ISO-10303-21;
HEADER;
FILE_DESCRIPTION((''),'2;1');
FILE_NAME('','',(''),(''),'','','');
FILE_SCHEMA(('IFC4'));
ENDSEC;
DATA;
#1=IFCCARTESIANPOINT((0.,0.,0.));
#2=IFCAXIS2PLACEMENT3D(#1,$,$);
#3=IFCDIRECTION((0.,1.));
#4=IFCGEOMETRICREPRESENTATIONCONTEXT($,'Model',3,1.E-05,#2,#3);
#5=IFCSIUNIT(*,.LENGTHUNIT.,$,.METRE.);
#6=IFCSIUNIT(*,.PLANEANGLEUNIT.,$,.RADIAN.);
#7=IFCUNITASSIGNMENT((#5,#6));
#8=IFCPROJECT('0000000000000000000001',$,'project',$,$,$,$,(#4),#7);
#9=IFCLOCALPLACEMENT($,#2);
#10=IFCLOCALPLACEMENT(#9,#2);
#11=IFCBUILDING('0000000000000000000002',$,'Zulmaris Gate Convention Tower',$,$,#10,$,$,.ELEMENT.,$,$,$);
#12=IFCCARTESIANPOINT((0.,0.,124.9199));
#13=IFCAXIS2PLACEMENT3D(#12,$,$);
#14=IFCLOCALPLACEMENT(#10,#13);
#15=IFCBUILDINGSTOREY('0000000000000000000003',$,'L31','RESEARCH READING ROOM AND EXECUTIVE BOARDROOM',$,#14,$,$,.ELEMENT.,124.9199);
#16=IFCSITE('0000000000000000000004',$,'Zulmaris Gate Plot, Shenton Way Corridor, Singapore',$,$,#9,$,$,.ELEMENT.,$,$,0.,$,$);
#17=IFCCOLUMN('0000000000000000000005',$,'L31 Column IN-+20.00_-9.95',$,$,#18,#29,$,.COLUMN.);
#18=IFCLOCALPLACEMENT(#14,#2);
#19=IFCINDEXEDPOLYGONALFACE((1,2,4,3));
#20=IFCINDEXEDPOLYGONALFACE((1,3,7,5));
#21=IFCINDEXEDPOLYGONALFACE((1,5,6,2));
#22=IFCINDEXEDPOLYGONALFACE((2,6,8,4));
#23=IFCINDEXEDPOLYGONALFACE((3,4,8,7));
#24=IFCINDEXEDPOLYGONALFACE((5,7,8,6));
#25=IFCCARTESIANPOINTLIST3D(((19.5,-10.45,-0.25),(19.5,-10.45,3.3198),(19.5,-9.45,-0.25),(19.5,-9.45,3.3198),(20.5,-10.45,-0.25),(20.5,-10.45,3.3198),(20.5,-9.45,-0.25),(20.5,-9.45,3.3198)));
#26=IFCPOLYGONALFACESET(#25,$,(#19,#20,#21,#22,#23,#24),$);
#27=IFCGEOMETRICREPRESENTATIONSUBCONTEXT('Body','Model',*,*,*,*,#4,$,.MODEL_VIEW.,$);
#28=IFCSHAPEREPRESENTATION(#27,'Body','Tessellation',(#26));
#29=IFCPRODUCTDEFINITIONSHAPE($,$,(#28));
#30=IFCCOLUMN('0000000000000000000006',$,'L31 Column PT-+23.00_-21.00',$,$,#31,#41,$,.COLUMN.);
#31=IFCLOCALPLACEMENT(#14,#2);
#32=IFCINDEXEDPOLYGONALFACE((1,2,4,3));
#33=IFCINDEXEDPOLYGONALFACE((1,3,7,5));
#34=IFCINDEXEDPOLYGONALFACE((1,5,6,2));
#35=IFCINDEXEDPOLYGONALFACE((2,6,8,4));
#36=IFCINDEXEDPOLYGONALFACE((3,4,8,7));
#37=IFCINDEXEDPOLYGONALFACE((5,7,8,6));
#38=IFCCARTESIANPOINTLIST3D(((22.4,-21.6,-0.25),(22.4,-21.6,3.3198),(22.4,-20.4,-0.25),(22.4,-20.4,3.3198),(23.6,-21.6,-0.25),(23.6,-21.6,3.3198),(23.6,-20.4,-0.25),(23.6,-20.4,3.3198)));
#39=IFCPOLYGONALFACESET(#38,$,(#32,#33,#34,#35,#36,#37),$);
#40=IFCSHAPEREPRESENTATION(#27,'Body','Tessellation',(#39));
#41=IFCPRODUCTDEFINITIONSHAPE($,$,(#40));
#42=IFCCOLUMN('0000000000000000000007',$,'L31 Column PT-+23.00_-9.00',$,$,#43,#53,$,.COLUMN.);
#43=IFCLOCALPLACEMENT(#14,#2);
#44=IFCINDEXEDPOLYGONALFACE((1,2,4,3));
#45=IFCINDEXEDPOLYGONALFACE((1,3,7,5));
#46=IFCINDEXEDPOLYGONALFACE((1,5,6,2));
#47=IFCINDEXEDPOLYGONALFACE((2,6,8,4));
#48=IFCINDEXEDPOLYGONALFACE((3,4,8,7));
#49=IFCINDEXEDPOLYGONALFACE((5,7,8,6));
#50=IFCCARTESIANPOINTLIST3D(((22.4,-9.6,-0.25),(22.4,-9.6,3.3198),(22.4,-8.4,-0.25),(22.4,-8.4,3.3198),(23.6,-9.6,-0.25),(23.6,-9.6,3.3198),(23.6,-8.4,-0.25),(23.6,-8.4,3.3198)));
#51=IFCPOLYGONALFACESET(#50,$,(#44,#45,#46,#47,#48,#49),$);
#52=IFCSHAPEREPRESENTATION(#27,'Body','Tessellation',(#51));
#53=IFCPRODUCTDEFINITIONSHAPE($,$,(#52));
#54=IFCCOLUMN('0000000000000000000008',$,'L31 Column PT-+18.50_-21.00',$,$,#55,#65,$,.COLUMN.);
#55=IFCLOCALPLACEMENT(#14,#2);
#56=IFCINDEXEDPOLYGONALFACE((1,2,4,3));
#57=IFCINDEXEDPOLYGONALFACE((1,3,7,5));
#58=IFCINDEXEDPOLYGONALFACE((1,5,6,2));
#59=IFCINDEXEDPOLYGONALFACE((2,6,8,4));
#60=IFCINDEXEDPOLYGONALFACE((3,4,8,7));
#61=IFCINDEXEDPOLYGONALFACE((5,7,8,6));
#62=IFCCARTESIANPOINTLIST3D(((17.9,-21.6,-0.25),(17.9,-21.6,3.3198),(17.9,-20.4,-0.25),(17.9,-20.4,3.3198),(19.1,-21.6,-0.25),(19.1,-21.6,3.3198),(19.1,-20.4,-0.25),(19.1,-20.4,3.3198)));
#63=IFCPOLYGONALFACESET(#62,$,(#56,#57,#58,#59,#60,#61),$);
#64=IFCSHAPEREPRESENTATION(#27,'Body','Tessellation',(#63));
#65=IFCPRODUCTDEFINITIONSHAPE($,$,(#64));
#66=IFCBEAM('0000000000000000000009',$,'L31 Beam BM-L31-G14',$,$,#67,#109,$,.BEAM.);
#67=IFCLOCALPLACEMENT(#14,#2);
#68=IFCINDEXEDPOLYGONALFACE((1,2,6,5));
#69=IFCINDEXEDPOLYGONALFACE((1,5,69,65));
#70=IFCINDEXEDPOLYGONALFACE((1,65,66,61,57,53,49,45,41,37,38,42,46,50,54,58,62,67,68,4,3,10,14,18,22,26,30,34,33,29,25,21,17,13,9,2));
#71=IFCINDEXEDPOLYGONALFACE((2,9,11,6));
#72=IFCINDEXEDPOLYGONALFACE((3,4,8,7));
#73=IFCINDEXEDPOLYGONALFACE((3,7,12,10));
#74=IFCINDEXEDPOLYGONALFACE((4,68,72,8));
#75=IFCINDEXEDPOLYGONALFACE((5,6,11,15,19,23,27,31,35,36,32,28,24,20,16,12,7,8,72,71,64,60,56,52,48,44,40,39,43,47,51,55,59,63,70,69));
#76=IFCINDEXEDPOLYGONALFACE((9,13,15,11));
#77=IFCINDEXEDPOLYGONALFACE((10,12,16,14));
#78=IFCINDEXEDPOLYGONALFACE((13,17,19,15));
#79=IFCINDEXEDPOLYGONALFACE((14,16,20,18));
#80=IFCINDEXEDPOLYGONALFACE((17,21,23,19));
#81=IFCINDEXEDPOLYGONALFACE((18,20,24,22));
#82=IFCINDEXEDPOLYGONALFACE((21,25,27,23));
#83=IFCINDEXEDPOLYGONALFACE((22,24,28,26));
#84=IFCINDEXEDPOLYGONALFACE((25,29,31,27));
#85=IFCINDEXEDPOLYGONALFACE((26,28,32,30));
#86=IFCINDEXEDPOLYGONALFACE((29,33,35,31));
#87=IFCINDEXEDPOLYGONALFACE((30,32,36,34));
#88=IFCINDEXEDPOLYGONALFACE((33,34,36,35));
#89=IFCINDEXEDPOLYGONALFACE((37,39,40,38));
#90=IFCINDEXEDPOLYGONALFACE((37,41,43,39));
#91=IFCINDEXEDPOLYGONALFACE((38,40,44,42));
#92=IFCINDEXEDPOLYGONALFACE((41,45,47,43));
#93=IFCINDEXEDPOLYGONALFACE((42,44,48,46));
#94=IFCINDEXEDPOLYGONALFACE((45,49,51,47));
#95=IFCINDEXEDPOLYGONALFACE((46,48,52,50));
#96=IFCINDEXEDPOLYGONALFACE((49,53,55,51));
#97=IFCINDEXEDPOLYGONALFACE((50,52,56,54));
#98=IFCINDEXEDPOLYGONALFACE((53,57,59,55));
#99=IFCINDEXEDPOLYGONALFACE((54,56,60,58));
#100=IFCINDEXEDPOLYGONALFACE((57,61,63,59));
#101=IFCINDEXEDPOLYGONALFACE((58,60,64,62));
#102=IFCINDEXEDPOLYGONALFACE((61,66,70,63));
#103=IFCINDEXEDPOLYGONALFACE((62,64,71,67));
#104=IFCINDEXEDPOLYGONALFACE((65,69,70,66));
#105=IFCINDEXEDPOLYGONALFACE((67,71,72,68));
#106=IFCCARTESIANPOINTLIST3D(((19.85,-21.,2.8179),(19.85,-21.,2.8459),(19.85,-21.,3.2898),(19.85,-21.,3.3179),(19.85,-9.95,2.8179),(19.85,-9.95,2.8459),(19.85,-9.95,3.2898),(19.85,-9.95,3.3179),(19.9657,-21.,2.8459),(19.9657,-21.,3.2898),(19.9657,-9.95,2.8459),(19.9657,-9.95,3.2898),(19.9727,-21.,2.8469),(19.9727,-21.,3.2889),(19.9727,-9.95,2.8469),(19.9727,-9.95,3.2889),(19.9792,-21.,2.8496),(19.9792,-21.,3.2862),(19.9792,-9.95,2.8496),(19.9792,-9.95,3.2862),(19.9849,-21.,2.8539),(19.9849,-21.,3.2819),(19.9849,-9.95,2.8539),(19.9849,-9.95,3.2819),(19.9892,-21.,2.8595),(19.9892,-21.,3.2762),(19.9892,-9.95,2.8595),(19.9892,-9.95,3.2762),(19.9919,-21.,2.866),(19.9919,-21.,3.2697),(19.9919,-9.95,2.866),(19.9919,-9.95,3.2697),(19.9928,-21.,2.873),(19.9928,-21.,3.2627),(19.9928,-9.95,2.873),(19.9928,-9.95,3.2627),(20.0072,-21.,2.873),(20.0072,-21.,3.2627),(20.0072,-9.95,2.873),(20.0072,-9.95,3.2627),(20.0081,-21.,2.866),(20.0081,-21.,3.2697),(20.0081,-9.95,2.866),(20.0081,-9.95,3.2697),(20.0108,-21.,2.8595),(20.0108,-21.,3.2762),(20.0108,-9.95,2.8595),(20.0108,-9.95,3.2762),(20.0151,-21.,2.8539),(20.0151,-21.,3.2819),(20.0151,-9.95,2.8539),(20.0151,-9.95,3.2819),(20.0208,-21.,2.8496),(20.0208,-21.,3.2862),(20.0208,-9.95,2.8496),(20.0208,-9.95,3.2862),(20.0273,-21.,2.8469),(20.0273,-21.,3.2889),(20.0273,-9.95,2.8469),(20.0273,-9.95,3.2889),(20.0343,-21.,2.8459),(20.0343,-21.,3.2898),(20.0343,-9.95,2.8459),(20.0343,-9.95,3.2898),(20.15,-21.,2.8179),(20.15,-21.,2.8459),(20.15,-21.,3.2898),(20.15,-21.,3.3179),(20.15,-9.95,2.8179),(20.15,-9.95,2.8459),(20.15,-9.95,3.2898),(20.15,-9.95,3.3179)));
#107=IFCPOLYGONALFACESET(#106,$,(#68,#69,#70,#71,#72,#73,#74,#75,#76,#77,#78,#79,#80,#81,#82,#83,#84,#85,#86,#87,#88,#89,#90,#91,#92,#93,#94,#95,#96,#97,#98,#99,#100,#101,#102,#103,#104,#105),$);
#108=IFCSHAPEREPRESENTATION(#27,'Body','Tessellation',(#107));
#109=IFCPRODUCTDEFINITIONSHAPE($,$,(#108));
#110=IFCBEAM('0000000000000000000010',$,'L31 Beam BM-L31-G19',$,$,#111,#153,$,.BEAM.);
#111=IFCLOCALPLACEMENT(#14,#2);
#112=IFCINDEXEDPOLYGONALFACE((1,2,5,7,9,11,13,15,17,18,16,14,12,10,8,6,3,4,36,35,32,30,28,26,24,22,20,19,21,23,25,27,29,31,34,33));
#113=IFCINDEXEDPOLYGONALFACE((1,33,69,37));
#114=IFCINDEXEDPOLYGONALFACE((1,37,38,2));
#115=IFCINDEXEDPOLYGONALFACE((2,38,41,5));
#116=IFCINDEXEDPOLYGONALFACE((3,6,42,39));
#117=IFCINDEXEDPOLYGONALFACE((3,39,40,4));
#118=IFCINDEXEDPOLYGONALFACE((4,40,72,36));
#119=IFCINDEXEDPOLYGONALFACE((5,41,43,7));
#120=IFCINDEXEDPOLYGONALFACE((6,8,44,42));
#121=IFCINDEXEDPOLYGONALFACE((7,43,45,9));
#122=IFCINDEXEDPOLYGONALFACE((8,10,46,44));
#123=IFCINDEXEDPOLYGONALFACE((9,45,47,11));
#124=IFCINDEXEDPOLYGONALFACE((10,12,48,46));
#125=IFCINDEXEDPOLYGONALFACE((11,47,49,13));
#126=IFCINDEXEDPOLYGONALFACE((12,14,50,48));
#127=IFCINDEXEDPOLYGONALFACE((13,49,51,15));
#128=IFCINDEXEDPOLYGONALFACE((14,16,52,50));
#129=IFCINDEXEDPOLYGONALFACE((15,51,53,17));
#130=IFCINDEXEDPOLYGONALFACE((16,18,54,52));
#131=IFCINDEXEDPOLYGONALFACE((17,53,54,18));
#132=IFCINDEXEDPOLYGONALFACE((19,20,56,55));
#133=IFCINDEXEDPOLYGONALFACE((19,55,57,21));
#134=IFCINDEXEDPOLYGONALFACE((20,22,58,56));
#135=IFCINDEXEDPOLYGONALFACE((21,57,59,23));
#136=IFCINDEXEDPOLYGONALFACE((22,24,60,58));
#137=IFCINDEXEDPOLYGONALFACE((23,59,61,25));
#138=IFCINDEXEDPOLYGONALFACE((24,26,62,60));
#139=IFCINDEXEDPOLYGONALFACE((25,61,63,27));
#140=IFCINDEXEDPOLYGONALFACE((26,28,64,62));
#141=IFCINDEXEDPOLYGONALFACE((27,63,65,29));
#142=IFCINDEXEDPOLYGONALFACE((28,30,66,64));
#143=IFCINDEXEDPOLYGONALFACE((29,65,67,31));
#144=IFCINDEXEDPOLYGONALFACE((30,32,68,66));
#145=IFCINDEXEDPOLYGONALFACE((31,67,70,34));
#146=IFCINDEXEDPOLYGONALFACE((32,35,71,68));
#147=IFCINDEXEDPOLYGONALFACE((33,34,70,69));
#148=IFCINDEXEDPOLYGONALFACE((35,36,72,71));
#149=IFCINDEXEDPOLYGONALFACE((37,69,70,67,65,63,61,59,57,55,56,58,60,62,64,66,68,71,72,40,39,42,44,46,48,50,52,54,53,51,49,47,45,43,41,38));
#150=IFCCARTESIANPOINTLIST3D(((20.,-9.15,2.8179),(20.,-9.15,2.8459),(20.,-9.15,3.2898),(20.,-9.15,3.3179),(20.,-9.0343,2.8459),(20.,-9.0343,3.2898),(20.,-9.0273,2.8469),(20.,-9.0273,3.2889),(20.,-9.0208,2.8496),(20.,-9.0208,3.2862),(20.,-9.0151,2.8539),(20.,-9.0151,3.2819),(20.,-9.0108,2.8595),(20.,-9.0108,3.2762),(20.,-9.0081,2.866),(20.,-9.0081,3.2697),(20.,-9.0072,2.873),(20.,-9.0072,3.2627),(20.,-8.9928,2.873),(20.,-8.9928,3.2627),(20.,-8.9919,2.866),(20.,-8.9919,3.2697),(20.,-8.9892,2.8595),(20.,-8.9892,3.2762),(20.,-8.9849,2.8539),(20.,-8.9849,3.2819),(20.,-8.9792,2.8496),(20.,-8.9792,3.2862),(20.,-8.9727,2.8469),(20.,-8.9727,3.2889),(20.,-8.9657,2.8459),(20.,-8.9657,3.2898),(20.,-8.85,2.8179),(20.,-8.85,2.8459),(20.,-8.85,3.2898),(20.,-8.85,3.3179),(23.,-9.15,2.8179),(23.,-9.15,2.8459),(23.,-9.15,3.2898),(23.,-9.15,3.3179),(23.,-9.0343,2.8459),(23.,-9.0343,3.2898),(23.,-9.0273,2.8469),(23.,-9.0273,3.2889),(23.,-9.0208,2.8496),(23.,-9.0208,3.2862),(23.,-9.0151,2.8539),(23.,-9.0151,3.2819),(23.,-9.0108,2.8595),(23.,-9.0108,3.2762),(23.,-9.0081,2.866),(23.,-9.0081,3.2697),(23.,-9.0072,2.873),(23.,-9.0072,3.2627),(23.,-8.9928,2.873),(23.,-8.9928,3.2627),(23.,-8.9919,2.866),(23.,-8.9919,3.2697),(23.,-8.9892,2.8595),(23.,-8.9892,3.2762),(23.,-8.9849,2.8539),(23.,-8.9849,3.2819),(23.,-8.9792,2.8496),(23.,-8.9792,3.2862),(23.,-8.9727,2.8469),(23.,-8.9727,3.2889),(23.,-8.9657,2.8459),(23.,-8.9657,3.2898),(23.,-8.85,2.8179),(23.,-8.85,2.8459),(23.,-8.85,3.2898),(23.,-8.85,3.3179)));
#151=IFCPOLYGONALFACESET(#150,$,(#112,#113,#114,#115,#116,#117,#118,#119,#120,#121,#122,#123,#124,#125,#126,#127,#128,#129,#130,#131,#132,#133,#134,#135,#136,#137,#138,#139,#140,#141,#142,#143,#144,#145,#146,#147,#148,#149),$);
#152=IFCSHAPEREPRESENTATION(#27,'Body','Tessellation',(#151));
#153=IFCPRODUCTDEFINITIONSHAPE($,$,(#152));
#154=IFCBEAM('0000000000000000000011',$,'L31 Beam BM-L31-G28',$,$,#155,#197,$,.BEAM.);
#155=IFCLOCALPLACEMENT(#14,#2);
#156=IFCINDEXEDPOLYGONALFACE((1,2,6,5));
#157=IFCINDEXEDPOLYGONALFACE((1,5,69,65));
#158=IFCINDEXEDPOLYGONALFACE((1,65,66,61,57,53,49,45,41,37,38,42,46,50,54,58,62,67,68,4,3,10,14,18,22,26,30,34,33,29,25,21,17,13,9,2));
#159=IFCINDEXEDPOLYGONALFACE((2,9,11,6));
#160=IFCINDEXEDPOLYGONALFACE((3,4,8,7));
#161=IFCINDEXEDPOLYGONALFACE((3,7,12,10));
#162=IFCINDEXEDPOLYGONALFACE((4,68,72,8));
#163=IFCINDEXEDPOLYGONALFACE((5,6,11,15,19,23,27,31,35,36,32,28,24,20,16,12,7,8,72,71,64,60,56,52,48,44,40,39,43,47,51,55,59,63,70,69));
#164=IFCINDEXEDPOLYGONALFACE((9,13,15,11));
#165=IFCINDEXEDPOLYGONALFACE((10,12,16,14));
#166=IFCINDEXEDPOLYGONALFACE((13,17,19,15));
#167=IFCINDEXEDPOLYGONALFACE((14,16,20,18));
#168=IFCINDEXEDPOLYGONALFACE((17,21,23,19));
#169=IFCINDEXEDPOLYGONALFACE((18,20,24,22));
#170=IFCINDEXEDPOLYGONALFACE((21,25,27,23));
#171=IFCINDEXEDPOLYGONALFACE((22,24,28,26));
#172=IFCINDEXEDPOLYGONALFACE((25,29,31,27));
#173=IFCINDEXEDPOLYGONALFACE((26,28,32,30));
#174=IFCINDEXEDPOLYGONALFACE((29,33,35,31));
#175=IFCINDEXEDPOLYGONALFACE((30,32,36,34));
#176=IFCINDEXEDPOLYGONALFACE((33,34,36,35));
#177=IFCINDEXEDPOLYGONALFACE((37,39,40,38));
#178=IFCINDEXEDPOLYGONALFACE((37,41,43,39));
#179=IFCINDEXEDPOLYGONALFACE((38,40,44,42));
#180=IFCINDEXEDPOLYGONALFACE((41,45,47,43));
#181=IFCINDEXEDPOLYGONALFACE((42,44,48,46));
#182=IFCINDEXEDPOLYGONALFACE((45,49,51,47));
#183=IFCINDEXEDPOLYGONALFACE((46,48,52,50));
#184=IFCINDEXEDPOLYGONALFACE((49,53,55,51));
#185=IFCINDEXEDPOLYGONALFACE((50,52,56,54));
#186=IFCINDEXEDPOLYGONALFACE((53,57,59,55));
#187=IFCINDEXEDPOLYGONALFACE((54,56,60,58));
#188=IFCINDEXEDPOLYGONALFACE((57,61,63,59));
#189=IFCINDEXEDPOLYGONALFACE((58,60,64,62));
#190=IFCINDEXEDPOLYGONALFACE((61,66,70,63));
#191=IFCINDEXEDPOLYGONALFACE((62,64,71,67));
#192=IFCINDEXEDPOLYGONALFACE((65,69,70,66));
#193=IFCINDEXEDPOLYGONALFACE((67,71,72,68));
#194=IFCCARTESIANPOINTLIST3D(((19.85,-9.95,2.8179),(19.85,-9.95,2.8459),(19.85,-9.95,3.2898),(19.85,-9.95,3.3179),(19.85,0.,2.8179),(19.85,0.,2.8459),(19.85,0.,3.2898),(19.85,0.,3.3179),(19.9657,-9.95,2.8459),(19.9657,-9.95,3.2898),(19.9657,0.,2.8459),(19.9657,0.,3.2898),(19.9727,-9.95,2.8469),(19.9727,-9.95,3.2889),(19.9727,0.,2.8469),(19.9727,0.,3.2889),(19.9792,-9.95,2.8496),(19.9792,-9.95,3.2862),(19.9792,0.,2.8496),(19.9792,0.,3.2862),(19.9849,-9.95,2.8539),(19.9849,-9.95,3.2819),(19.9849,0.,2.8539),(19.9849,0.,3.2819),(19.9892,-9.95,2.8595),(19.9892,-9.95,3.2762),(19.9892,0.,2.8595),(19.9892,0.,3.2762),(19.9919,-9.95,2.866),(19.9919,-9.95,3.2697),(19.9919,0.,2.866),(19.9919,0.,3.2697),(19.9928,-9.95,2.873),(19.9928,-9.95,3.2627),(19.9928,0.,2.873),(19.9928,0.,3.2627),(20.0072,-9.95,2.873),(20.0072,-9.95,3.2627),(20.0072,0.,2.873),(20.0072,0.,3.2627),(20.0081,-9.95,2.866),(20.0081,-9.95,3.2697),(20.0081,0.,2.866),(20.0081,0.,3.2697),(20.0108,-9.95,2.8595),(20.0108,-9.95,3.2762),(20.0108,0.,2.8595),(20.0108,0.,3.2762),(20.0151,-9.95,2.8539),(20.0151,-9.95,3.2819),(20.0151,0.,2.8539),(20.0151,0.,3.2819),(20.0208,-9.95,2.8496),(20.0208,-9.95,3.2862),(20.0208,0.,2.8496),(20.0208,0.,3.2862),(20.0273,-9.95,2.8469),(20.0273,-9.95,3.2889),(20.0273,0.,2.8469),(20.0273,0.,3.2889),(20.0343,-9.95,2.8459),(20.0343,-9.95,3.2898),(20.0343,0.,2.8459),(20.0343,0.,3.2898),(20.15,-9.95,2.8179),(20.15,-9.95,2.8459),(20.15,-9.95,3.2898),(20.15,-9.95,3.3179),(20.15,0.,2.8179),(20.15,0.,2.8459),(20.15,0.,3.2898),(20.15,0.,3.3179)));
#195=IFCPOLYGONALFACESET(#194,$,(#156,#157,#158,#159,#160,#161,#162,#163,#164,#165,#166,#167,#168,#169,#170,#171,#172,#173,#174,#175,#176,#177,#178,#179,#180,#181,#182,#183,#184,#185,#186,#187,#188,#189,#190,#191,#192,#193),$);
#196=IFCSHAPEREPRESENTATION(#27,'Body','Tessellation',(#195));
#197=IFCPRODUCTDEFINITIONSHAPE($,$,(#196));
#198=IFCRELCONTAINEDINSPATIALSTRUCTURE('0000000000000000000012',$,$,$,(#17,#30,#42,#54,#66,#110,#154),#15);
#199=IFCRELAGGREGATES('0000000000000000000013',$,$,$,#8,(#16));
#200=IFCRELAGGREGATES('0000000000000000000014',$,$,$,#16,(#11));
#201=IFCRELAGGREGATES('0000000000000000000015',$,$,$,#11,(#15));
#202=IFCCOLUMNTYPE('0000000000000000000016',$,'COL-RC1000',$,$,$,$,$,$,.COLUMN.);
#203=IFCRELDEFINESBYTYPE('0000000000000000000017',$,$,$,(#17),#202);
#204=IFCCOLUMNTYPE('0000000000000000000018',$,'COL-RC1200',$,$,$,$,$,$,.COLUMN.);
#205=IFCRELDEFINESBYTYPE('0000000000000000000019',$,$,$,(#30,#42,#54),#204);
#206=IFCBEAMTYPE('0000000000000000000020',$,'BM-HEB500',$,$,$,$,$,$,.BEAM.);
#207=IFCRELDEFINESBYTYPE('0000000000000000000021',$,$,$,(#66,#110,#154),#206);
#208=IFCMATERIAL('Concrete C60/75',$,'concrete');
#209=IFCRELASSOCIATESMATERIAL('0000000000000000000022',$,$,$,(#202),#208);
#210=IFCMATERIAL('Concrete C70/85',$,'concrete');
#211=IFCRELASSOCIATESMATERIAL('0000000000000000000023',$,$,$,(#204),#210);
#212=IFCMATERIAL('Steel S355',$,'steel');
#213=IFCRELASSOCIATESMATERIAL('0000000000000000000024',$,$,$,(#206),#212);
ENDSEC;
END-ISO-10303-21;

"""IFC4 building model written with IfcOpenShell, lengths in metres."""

from ifc_helpers import new_model, si_unit, direction, frame, origin, origin_2d, place, context, subcontext, project, spatial, rectangle, i_section, extrude, material, material_profile, profile_set, type_object, element, save


model = new_model("IFC4")

# Units and contexts
model_context = context("Model", 3, precision=1e-05, world=origin(), true_north=direction((0.0, 1.0)))
body_context = subcontext(model_context, "Body", "Model", "MODEL_VIEW")
ifc_project = project(units=[si_unit("LENGTHUNIT", "METRE"), si_unit("PLANEANGLEUNIT", "RADIAN")], contexts=[model_context])

# Site, building, storey
site_placement = place(None, origin())
site = spatial("IfcSite", under=ifc_project, at=site_placement, Name="Zulmaris Gate Plot, Shenton Way Corridor, Singapore", CompositionType="ELEMENT", RefElevation=0.0)
building_placement = place(site_placement, origin())
building = spatial("IfcBuilding", under=site, at=building_placement, Name="Zulmaris Gate Convention Tower", CompositionType="ELEMENT")
storey_placement = place(building_placement, frame((0.0, 0.0, 124.9199)))
storey = spatial("IfcBuildingStorey", under=building, at=storey_placement, Name="L31", Description="RESEARCH READING ROOM AND EXECUTIVE BOARDROOM", CompositionType="ELEMENT", Elevation=124.9199)

# Columns
ifc_material_1 = material(Name="Concrete C60/75", Category="concrete")
ifc_material_profile_1 = material_profile(ifc_material_1, rectangle(XDim=1.0, YDim=1.0, at=origin_2d()), Name="RC COL 1000x1000")
ifc_profile_set_1 = profile_set([ifc_material_profile_1], Name="Concrete C60/75")
column_type_1 = type_object("IfcColumnType", Name="COL-RC1000", PredefinedType="COLUMN", material=ifc_profile_set_1)
column_placement = place(storey_placement, frame((20.0, -9.95, -0.25), z_axis=(0.0, 0.0, 1.0), x_axis=(1.0, 0.0, 0.0)))
element("IfcColumn", 1, at=column_placement, inside=storey, type_object=column_type_1, Name="L31 Column IN-+20.00_-9.95", PredefinedType="COLUMN", context=body_context, shape_type="SweptSolid", body=[
    extrude(rectangle(XDim=1.0, YDim=1.0, at=origin_2d()), origin(), (0.0, 0.0, 1.0), 3.5698),
])
ifc_material_2 = material(Name="Concrete C70/85", Category="concrete")
ifc_material_profile_2 = material_profile(ifc_material_2, rectangle(XDim=1.2, YDim=1.2, at=origin_2d()), Name="RC COL 1200x1200")
ifc_profile_set_2 = profile_set([ifc_material_profile_2], Name="Concrete C70/85")
column_type_2 = type_object("IfcColumnType", Name="COL-RC1200", PredefinedType="COLUMN", material=ifc_profile_set_2)
for number, where, z_axis, x_axis, name in (
    (2, (23.0, -21.0, -0.25), (0.0, 0.0, 1.0), (1.0, 0.0, 0.0), "L31 Column PT-+23.00_-21.00"),
    (3, (23.0, -9.0, -0.25), (0.0, 0.0, 1.0), (1.0, 0.0, 0.0), "L31 Column PT-+23.00_-9.00"),
    (4, (18.5, -21.0, -0.25), (0.0, 0.0, 1.0), (1.0, 0.0, 0.0), "L31 Column PT-+18.50_-21.00"),
):
    element("IfcColumn", number, at=place(storey_placement, frame(where, z_axis=z_axis, x_axis=x_axis)), inside=storey, type_object=column_type_2, Name=name, PredefinedType="COLUMN", context=body_context, shape_type="SweptSolid", body=[
        extrude(rectangle(XDim=1.2, YDim=1.2, at=origin_2d()), origin(), (0.0, 0.0, 1.0), 3.5698),
    ])

# Beams
ifc_material_3 = material(Name="Steel S355", Category="steel")
ifc_material_profile_3 = material_profile(ifc_material_3, i_section(OverallWidth=0.3, OverallDepth=0.5, WebThickness=0.0144, FlangeThickness=0.0281, FilletRadius=0.0271, at=origin_2d()), Name="HEB 500")
ifc_profile_set_3 = profile_set([ifc_material_profile_3], Name="Steel S355")
beam_type_1 = type_object("IfcBeamType", Name="BM-HEB500", PredefinedType="BEAM", material=ifc_profile_set_3)
beam_1_placement = place(storey_placement, frame((20.0, -21.0, 3.0679), z_axis=(0.0, 1.0, 0.0), x_axis=(-1.0, 0.0, 0.0)))
element("IfcBeam", 5, at=beam_1_placement, inside=storey, type_object=beam_type_1, Name="L31 Beam BM-L31-G14", PredefinedType="BEAM", context=body_context, shape_type="SweptSolid", body=[
    extrude(i_section(OverallWidth=0.3, OverallDepth=0.5, WebThickness=0.0144, FlangeThickness=0.0281, FilletRadius=0.0271, at=origin_2d()), origin(), (0.0, 0.0, 1.0), 11.05),
])
beam_2_placement = place(storey_placement, frame((20.0, -9.0, 3.0679), z_axis=(1.0, 0.0, 0.0), x_axis=(0.0, 1.0, 0.0)))
element("IfcBeam", 6, at=beam_2_placement, inside=storey, type_object=beam_type_1, Name="L31 Beam BM-L31-G19", PredefinedType="BEAM", context=body_context, shape_type="SweptSolid", body=[
    extrude(i_section(OverallWidth=0.3, OverallDepth=0.5, WebThickness=0.0144, FlangeThickness=0.0281, FilletRadius=0.0271, at=origin_2d()), origin(), (0.0, 0.0, 1.0), 3.0),
])
beam_3_placement = place(storey_placement, frame((20.0, -9.95, 3.0679), z_axis=(0.0, 1.0, 0.0), x_axis=(-1.0, 0.0, 0.0)))
element("IfcBeam", 7, at=beam_3_placement, inside=storey, type_object=beam_type_1, Name="L31 Beam BM-L31-G28", PredefinedType="BEAM", context=body_context, shape_type="SweptSolid", body=[
    extrude(i_section(OverallWidth=0.3, OverallDepth=0.5, WebThickness=0.0144, FlangeThickness=0.0281, FilletRadius=0.0271, at=origin_2d()), origin(), (0.0, 0.0, 1.0), 9.95),
])

save(model, "model.ifc")
